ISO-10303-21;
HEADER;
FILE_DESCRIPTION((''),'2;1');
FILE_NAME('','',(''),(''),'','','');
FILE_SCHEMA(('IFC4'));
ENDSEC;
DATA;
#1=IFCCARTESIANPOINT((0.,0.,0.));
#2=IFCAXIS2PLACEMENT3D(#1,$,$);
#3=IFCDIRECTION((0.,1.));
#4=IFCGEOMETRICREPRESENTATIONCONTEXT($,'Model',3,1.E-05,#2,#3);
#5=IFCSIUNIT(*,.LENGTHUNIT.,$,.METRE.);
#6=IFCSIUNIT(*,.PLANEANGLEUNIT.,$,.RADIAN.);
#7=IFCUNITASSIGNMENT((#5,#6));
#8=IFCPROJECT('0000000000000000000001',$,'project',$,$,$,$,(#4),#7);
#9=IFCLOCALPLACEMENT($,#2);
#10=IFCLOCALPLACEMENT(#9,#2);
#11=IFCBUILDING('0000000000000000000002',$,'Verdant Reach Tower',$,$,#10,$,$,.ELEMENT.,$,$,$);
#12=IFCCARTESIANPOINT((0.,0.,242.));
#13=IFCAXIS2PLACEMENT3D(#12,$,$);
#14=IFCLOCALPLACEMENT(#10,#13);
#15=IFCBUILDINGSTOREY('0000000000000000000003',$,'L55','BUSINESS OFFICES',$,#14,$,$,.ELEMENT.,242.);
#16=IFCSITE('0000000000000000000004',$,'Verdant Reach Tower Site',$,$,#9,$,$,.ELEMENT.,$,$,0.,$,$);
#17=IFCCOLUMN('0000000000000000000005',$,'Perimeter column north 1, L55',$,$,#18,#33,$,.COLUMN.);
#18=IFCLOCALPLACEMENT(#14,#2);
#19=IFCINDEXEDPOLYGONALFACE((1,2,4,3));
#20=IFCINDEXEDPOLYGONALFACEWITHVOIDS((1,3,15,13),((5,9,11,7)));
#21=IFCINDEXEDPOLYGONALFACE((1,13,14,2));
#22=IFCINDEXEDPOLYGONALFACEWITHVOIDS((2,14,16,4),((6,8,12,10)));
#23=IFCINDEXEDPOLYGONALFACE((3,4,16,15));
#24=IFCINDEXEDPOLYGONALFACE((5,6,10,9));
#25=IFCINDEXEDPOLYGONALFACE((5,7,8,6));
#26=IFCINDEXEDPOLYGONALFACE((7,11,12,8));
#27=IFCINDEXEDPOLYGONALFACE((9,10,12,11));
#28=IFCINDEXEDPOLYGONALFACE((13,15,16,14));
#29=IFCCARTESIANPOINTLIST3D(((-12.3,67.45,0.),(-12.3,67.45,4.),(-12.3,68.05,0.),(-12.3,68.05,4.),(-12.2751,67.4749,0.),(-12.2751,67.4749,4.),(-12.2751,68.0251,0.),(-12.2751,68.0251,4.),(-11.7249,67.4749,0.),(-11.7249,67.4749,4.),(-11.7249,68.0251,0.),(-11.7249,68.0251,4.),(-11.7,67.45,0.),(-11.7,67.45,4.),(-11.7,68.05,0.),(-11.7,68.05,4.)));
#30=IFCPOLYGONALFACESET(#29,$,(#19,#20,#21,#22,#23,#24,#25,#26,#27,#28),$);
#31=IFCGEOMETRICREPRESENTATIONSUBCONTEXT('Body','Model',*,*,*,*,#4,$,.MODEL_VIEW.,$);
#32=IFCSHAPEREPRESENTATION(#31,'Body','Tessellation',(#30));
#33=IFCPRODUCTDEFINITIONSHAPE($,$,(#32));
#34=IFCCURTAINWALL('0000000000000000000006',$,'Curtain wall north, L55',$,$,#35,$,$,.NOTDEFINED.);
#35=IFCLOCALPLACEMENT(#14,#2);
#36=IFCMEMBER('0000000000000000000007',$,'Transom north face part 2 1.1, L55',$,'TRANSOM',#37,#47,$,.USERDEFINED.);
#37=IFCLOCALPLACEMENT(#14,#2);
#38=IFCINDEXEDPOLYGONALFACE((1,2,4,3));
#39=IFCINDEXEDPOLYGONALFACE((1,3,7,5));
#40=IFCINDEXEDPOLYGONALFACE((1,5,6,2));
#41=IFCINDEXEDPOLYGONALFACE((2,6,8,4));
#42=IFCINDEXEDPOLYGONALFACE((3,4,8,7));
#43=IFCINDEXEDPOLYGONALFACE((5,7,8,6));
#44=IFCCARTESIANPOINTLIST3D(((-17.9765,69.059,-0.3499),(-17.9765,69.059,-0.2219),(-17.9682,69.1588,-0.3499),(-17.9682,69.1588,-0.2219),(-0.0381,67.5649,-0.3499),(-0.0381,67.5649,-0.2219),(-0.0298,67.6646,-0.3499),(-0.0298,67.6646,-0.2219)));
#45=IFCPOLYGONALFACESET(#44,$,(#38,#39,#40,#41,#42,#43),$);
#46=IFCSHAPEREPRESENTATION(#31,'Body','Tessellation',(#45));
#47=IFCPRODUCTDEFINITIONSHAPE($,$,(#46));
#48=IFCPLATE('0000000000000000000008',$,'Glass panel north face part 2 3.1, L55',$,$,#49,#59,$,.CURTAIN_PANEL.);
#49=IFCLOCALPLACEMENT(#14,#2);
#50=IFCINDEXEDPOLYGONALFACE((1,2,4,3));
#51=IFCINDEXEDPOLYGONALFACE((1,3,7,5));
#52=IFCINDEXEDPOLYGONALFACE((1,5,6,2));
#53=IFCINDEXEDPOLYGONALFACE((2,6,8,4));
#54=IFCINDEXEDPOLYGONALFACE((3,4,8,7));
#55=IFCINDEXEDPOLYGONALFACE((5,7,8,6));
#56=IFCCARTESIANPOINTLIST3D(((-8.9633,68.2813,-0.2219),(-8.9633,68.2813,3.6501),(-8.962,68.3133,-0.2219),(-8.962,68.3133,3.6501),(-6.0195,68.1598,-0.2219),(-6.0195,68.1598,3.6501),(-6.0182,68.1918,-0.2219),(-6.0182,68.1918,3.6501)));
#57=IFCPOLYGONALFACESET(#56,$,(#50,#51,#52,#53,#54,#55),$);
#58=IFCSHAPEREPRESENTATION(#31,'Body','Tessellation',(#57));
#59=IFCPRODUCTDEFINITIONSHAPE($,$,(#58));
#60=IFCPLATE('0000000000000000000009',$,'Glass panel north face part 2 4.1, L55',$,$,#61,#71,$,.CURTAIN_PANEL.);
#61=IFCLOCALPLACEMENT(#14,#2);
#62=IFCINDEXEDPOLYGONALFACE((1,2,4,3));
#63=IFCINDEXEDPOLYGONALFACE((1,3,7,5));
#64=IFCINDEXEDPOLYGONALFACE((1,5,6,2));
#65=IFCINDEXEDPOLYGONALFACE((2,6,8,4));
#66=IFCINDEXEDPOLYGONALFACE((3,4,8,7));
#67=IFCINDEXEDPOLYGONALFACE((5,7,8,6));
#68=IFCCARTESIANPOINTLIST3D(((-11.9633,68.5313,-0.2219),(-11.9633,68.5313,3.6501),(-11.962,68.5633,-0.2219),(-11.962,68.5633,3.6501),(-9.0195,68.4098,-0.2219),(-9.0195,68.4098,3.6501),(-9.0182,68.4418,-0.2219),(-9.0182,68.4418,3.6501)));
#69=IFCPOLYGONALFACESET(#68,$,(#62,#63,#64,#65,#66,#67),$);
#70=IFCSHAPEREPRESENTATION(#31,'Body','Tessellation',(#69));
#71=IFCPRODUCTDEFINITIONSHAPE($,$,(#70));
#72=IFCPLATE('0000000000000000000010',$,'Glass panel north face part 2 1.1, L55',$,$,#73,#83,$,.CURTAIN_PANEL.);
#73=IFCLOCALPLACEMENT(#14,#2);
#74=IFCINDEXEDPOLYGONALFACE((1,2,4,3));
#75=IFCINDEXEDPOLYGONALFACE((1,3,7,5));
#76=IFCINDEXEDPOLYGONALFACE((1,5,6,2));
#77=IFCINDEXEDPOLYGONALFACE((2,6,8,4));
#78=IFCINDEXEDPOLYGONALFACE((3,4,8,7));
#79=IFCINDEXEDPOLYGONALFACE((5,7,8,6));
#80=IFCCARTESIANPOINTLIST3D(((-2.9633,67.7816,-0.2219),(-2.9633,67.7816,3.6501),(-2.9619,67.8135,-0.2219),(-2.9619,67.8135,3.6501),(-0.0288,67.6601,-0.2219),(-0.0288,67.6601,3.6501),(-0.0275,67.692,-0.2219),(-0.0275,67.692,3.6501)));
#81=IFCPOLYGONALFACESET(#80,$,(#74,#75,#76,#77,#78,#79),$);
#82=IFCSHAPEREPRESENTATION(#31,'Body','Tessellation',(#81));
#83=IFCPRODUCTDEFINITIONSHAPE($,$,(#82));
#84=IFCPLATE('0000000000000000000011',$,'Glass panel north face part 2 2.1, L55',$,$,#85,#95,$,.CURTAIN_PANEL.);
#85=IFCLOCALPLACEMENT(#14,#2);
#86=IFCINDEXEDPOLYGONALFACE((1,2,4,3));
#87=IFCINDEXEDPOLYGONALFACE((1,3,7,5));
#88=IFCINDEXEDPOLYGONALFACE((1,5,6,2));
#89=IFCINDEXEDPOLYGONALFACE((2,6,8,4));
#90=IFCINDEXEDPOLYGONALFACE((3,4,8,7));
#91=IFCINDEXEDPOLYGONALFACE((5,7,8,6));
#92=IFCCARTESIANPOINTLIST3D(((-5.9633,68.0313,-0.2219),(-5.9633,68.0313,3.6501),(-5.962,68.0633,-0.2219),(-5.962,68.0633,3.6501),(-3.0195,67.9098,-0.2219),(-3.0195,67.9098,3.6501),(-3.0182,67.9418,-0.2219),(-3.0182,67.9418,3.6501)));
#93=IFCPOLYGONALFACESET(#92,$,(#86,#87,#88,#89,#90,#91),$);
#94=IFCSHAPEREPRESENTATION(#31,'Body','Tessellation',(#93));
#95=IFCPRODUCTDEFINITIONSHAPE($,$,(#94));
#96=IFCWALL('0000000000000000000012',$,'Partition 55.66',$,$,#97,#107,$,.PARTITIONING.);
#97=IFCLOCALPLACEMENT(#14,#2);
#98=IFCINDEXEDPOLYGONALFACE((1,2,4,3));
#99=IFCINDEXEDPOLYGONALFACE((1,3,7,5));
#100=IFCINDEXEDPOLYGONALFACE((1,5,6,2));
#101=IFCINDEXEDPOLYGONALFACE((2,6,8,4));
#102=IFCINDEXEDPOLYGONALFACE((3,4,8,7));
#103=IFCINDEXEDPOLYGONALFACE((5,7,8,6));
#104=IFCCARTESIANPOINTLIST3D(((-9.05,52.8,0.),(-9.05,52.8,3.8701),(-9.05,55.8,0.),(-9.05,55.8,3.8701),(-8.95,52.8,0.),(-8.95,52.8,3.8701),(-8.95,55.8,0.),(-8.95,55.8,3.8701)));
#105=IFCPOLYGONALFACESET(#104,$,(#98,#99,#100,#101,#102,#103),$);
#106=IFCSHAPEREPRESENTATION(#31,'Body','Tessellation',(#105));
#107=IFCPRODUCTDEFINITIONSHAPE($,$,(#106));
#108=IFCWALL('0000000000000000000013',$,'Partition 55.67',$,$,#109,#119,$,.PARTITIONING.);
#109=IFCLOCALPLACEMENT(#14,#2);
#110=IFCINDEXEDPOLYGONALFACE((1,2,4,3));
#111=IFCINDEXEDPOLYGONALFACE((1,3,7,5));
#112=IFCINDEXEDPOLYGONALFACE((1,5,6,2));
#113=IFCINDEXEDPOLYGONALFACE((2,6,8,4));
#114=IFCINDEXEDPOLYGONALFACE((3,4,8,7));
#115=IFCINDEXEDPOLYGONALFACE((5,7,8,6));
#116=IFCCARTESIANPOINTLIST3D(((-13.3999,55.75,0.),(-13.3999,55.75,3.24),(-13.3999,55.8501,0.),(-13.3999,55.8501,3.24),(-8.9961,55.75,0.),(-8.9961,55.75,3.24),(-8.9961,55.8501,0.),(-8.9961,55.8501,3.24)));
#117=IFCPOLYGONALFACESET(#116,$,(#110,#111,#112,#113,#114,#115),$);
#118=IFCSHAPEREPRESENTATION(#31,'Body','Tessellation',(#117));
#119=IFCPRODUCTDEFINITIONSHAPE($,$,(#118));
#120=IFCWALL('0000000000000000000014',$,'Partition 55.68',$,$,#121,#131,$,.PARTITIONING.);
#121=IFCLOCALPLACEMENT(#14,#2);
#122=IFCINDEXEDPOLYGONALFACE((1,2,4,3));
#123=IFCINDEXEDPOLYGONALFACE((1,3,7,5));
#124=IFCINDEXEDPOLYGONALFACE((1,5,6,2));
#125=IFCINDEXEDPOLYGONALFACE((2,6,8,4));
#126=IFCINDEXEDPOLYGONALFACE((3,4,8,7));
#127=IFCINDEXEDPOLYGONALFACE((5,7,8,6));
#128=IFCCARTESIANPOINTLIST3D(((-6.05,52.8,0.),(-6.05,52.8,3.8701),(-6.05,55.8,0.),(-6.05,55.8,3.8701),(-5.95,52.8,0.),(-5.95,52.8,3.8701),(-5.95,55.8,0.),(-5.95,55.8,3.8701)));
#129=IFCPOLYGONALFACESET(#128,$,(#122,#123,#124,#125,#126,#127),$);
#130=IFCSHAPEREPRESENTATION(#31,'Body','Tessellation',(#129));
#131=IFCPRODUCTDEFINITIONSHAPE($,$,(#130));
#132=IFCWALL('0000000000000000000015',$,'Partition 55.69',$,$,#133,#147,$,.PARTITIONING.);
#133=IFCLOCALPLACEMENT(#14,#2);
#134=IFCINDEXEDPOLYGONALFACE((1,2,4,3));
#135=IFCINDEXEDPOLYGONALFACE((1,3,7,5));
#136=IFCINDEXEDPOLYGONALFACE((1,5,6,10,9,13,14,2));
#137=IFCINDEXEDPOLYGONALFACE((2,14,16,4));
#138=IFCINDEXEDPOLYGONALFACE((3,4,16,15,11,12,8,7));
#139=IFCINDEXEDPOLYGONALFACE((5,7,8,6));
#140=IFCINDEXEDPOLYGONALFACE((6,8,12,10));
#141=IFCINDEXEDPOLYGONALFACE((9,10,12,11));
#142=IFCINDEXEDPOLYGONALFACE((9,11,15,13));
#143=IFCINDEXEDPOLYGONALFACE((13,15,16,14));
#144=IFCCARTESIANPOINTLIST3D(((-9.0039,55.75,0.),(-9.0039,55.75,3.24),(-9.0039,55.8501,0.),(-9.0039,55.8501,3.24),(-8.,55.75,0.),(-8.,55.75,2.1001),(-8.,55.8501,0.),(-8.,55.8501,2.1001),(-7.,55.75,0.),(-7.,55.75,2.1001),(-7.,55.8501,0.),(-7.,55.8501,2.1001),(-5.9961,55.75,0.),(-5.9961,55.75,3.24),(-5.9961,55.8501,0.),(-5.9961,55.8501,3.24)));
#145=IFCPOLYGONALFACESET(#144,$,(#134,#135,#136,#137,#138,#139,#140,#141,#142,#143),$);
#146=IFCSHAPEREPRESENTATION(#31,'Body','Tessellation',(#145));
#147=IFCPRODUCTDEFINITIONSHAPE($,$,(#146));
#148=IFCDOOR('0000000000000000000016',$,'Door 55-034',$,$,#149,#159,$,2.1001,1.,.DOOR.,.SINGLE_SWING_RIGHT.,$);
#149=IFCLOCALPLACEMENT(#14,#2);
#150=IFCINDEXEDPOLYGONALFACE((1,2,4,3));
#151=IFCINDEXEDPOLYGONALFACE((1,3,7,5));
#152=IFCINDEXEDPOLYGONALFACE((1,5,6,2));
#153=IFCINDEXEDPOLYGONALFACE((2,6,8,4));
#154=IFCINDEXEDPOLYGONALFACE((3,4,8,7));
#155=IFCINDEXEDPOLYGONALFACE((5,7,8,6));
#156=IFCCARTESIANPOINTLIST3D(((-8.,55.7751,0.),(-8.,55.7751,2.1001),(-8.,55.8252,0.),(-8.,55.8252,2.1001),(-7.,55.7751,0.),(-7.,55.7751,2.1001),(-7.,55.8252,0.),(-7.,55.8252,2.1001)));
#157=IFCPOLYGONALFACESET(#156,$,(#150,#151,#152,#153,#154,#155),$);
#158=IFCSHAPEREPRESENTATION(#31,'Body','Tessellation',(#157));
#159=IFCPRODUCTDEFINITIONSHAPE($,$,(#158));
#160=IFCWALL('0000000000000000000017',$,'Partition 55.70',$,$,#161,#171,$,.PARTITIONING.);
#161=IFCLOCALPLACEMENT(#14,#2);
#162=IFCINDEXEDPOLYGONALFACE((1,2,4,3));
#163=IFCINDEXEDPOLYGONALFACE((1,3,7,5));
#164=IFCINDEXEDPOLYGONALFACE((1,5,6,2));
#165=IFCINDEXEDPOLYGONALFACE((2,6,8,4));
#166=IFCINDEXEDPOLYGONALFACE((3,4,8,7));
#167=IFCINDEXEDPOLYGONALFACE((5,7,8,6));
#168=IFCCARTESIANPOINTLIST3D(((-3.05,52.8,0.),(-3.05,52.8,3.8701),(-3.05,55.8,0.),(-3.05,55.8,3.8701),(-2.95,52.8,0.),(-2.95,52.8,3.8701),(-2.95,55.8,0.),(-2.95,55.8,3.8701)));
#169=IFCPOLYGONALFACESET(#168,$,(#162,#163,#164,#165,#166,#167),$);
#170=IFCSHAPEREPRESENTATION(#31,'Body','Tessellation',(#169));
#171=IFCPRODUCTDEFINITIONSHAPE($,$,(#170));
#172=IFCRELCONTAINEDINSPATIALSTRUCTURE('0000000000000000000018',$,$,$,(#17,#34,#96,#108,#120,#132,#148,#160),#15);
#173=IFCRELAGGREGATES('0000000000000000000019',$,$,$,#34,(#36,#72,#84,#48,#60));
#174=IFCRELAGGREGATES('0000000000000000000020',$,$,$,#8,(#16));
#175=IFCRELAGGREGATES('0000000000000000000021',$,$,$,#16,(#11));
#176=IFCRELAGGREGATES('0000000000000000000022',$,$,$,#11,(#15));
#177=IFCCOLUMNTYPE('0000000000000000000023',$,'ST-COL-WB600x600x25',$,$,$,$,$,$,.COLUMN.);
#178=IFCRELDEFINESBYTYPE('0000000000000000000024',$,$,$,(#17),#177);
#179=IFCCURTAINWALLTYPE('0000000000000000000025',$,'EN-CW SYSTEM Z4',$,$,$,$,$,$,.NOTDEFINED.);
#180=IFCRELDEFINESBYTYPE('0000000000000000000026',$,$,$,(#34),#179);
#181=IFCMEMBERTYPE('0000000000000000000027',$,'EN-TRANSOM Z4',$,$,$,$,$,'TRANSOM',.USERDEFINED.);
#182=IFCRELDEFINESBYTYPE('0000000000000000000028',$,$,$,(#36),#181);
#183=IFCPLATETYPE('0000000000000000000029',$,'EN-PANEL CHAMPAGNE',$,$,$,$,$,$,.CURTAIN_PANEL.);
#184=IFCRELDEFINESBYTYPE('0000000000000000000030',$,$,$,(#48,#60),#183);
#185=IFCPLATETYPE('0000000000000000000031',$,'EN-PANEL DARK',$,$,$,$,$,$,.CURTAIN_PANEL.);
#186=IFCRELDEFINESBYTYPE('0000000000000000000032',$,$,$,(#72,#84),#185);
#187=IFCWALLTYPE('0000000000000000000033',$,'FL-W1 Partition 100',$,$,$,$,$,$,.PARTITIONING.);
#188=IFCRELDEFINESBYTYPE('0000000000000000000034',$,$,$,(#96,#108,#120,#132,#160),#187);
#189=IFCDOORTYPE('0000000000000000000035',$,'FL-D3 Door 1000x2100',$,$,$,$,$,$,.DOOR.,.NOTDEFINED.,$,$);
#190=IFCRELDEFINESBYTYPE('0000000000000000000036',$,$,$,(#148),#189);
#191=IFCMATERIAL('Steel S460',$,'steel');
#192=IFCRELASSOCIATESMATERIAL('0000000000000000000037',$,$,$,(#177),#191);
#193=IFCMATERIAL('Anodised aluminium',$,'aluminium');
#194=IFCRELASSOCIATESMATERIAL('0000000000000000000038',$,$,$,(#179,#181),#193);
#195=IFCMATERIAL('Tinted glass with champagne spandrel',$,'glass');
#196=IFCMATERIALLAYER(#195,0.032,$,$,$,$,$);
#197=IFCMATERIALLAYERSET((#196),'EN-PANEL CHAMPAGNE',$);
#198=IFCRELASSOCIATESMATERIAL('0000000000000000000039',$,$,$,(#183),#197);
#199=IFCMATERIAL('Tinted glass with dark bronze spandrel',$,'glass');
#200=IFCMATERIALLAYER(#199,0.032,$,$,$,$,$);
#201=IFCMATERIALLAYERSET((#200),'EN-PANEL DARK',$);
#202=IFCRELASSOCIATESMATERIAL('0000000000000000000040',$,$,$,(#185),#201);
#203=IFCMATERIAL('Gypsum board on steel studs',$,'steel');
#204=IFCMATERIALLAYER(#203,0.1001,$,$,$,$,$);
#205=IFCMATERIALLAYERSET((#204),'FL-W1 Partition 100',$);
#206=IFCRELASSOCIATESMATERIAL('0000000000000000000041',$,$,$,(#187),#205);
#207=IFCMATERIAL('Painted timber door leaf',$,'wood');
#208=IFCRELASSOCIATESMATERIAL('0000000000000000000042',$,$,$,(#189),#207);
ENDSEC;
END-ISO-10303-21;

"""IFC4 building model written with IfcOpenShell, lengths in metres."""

from ifc_helpers import new_model, si_unit, direction, frame, frame_2d, origin, origin_2d, place, context, subcontext, project, spatial, rectangle, hollow_rectangle, extrude, material, layer, layer_set, material_profile, profile_set, type_object, element, fill, aggregate, save


model = new_model("IFC4")

# Units and contexts
model_context = context("Model", 3, precision=1e-05, world=origin(), true_north=direction((0.0, 1.0)))
body_context = subcontext(model_context, "Body", "Model", "MODEL_VIEW")
ifc_project = project(units=[si_unit("LENGTHUNIT", "METRE"), si_unit("PLANEANGLEUNIT", "RADIAN")], contexts=[model_context])

# Site, building, storey
site_placement = place(None, origin())
site = spatial("IfcSite", under=ifc_project, at=site_placement, Name="Verdant Reach Tower Site", CompositionType="ELEMENT", RefElevation=0.0)
building_placement = place(site_placement, origin())
building = spatial("IfcBuilding", under=site, at=building_placement, Name="Verdant Reach Tower", CompositionType="ELEMENT")
storey_placement = place(building_placement, frame((0.0, 0.0, 242.0)))
storey = spatial("IfcBuildingStorey", under=building, at=storey_placement, Name="L55", Description="BUSINESS OFFICES", CompositionType="ELEMENT", Elevation=242.0)

# Column
ifc_material_1 = material(Name="Steel S460", Category="steel")
ifc_material_profile_1 = material_profile(ifc_material_1, hollow_rectangle(XDim=0.6001, YDim=0.6001, WallThickness=0.0249, at=origin_2d()), Name="WB 600x600x25")
ifc_profile_set_1 = profile_set([ifc_material_profile_1], Name="Steel S460")
column_type = type_object("IfcColumnType", Name="ST-COL-WB600x600x25", PredefinedType="COLUMN", material=ifc_profile_set_1)
column_placement = place(storey_placement, frame((-12.0, 67.75, 0.0), z_axis=(0.0, 0.0, 1.0), x_axis=(1.0, 0.0, 0.0)))
element("IfcColumn", 1, at=column_placement, inside=storey, type_object=column_type, Name="Perimeter column north 1, L55", PredefinedType="COLUMN", context=body_context, shape_type="SweptSolid", body=[
    extrude(hollow_rectangle(XDim=0.6001, YDim=0.6001, WallThickness=0.0249, at=origin_2d()), origin(), (0.0, 0.0, 1.0), 4.0),
])

# Curtain wall, member, plates
ifc_material_2 = material(Name="Anodised aluminium", Category="aluminium")
curtain_wall_type = type_object("IfcCurtainWallType", Name="EN-CW SYSTEM Z4", PredefinedType="NOTDEFINED", material=ifc_material_2)
curtain_wall_placement = place(storey_placement, origin())
curtain_wall = element("IfcCurtainWall", 2, at=curtain_wall_placement, inside=storey, type_object=curtain_wall_type, Name="Curtain wall north, L55", PredefinedType="NOTDEFINED")
ifc_material_profile_2 = material_profile(ifc_material_2, rectangle(XDim=0.1001, YDim=0.1279, at=origin_2d()), Name="Transom 128x100")
ifc_profile_set_2 = profile_set([ifc_material_profile_2], Name="Anodised aluminium")
member_type = type_object("IfcMemberType", Name="EN-TRANSOM Z4", ElementType="TRANSOM", PredefinedType="USERDEFINED", material=ifc_profile_set_2)
member_placement = place(storey_placement, frame((-0.0339, 67.6147, -0.2859), z_axis=(-0.996549, 0.083005, 0.0), x_axis=(-0.083005, -0.996549, 0.0)))
member = element("IfcMember", 3, at=member_placement, type_object=member_type, Name="Transom north face part 2 1.1, L55", ObjectType="TRANSOM", PredefinedType="USERDEFINED", context=body_context, shape_type="SweptSolid", body=[
    extrude(rectangle(XDim=0.1001, YDim=0.1279, at=origin_2d()), origin(), (0.0, 0.0, 1.0), 18.0005),
])
ifc_material_3 = material(Name="Tinted glass with champagne spandrel", Category="glass")
ifc_layer_1 = layer(ifc_material_3, 0.032)
ifc_layer_set_1 = layer_set([ifc_layer_1], Name="EN-PANEL CHAMPAGNE")
plate_type_1 = type_object("IfcPlateType", Name="EN-PANEL CHAMPAGNE", PredefinedType="CURTAIN_PANEL", material=ifc_layer_set_1)
plate_1_placement = place(storey_placement, frame((-7.4907, 68.2366, -0.2219), z_axis=(0.0, 0.0, 1.0), x_axis=(-0.999149, 0.041242, 0.0)))
plate_1 = element("IfcPlate", 4, at=plate_1_placement, type_object=plate_type_1, Name="Glass panel north face part 2 3.1, L55", PredefinedType="CURTAIN_PANEL", context=body_context, shape_type="SweptSolid", body=[
    extrude(rectangle(XDim=2.9463, YDim=0.032, at=origin_2d()), origin(), (0.0, 0.0, 1.0), 3.8721),
])
plate_2_placement = place(storey_placement, frame((-10.4907, 68.4866, -0.2219), z_axis=(0.0, 0.0, 1.0), x_axis=(-0.999149, 0.041242, 0.0)))
plate_2 = element("IfcPlate", 5, at=plate_2_placement, type_object=plate_type_1, Name="Glass panel north face part 2 4.1, L55", PredefinedType="CURTAIN_PANEL", context=body_context, shape_type="SweptSolid", body=[
    extrude(rectangle(XDim=2.9463, YDim=0.032, at=origin_2d()), origin(), (0.0, 0.0, 1.0), 3.8721),
])
ifc_material_4 = material(Name="Tinted glass with dark bronze spandrel", Category="glass")
ifc_layer_2 = layer(ifc_material_4, 0.032)
ifc_layer_set_2 = layer_set([ifc_layer_2], Name="EN-PANEL DARK")
plate_type_2 = type_object("IfcPlateType", Name="EN-PANEL DARK", PredefinedType="CURTAIN_PANEL", material=ifc_layer_set_2)
plate_3_placement = place(storey_placement, frame((-1.4954, 67.7368, -0.2219), z_axis=(0.0, 0.0, 1.0), x_axis=(-0.999144, 0.04137, 0.0)))
plate_3 = element("IfcPlate", 6, at=plate_3_placement, type_object=plate_type_2, Name="Glass panel north face part 2 1.1, L55", PredefinedType="CURTAIN_PANEL", context=body_context, shape_type="SweptSolid", body=[
    extrude(rectangle(XDim=2.937, YDim=0.032, at=origin_2d()), origin(), (0.0, 0.0, 1.0), 3.8721),
])
plate_4_placement = place(storey_placement, frame((-4.4907, 67.9866, -0.2219), z_axis=(0.0, 0.0, 1.0), x_axis=(-0.999149, 0.041242, 0.0)))
plate_4 = element("IfcPlate", 7, at=plate_4_placement, type_object=plate_type_2, Name="Glass panel north face part 2 2.1, L55", PredefinedType="CURTAIN_PANEL", context=body_context, shape_type="SweptSolid", body=[
    extrude(rectangle(XDim=2.9463, YDim=0.032, at=origin_2d()), origin(), (0.0, 0.0, 1.0), 3.8721),
])
aggregate(curtain_wall, [member, plate_3, plate_4, plate_1, plate_2])

# Walls
ifc_material_5 = material(Name="Gypsum board on steel studs", Category="steel")
ifc_layer_3 = layer(ifc_material_5, 0.1001)
ifc_layer_set_3 = layer_set([ifc_layer_3], Name="FL-W1 Partition 100")
wall_type_1 = type_object("IfcWallType", Name="FL-W1 Partition 100", PredefinedType="PARTITIONING", material=ifc_layer_set_3)
wall_1_placement = place(storey_placement, frame((-9.0, 52.8, 0.0), z_axis=(0.0, 0.0, 1.0), x_axis=(0.0, 1.0, 0.0)))
element("IfcWall", 8, at=wall_1_placement, inside=storey, type_object=wall_type_1, Name="Partition 55.66", PredefinedType="PARTITIONING", context=body_context, shape_type="SweptSolid", body=[
    extrude(rectangle(XDim=3.0, YDim=0.1001, at=frame_2d((1.5, 0.0))), origin(), (0.0, 0.0, 1.0), 3.8701),
])
wall_2_placement = place(storey_placement, frame((-8.9961, 55.8, 0.0), z_axis=(0.0, 0.0, 1.0), x_axis=(-1.0, 0.0, 0.0)))
element("IfcWall", 9, at=wall_2_placement, inside=storey, type_object=wall_type_1, Name="Partition 55.67", PredefinedType="PARTITIONING", context=body_context, shape_type="SweptSolid", body=[
    extrude(rectangle(XDim=4.4038, YDim=0.1001, at=frame_2d((2.2019, 0.0))), origin(), (0.0, 0.0, 1.0), 3.24),
])
wall_3_placement = place(storey_placement, frame((-6.0, 52.8, 0.0), z_axis=(0.0, 0.0, 1.0), x_axis=(0.0, 1.0, 0.0)))
element("IfcWall", 10, at=wall_3_placement, inside=storey, type_object=wall_type_1, Name="Partition 55.68", PredefinedType="PARTITIONING", context=body_context, shape_type="SweptSolid", body=[
    extrude(rectangle(XDim=3.0, YDim=0.1001, at=frame_2d((1.5, 0.0))), origin(), (0.0, 0.0, 1.0), 3.8701),
])

# Wall, opening, door
wall_4_placement = place(storey_placement, frame((-5.9961, 55.8, 0.0), z_axis=(0.0, 0.0, 1.0), x_axis=(-1.0, 0.0, 0.0)))
wall_4 = element("IfcWall", 11, at=wall_4_placement, inside=storey, type_object=wall_type_1, Name="Partition 55.69", PredefinedType="PARTITIONING", context=body_context, shape_type="SweptSolid", body=[
    extrude(rectangle(XDim=3.0078, YDim=0.1001, at=frame_2d((1.5039, 0.0))), origin(), (0.0, 0.0, 1.0), 3.24),
])
opening_1_placement = place(wall_4_placement, frame((1.0039, 0.0, 0.0)))
opening_1 = element("IfcOpeningElement", 12, at=opening_1_placement, cuts=wall_4, PredefinedType="OPENING", context=body_context, shape_type="SweptSolid", body=[
    extrude(rectangle(XDim=1.0, YDim=2.1001, at=frame_2d((0.5, 1.05))), frame((0.0, 0.0601, 0.0), z_axis=(0.0, -1.0, 0.0), x_axis=(1.0, 0.0, 0.0)), (0.0, 0.0, 1.0), 0.1201),
])
ifc_material_6 = material(Name="Painted timber door leaf", Category="wood")
door_type_1 = type_object("IfcDoorType", Name="FL-D3 Door 1000x2100", OperationType="NOTDEFINED", PredefinedType="DOOR", material=ifc_material_6)
door_1_placement = place(opening_1_placement, origin())
door_1 = element("IfcDoor", 13, at=door_1_placement, inside=storey, type_object=door_type_1, Name="Door 55-034", OperationType="SINGLE_SWING_RIGHT", OverallHeight=2.1001, OverallWidth=1.0, PredefinedType="DOOR", context=body_context, shape_type="SweptSolid", body=[
    extrude(rectangle(XDim=1.0, YDim=2.1001, at=frame_2d((0.5, 1.05))), frame((0.0, 0.0249, 0.0), z_axis=(0.0, -1.0, 0.0), x_axis=(1.0, 0.0, 0.0)), (0.0, 0.0, 1.0), 0.05),
])
fill(opening_1, door_1)

# Wall
wall_5_placement = place(storey_placement, frame((-3.0, 52.8, 0.0), z_axis=(0.0, 0.0, 1.0), x_axis=(0.0, 1.0, 0.0)))
element("IfcWall", 14, at=wall_5_placement, inside=storey, type_object=wall_type_1, Name="Partition 55.70", PredefinedType="PARTITIONING", context=body_context, shape_type="SweptSolid", body=[
    extrude(rectangle(XDim=3.0, YDim=0.1001, at=frame_2d((1.5, 0.0))), origin(), (0.0, 0.0, 1.0), 3.8701),
])

save(model, "model.ifc")
